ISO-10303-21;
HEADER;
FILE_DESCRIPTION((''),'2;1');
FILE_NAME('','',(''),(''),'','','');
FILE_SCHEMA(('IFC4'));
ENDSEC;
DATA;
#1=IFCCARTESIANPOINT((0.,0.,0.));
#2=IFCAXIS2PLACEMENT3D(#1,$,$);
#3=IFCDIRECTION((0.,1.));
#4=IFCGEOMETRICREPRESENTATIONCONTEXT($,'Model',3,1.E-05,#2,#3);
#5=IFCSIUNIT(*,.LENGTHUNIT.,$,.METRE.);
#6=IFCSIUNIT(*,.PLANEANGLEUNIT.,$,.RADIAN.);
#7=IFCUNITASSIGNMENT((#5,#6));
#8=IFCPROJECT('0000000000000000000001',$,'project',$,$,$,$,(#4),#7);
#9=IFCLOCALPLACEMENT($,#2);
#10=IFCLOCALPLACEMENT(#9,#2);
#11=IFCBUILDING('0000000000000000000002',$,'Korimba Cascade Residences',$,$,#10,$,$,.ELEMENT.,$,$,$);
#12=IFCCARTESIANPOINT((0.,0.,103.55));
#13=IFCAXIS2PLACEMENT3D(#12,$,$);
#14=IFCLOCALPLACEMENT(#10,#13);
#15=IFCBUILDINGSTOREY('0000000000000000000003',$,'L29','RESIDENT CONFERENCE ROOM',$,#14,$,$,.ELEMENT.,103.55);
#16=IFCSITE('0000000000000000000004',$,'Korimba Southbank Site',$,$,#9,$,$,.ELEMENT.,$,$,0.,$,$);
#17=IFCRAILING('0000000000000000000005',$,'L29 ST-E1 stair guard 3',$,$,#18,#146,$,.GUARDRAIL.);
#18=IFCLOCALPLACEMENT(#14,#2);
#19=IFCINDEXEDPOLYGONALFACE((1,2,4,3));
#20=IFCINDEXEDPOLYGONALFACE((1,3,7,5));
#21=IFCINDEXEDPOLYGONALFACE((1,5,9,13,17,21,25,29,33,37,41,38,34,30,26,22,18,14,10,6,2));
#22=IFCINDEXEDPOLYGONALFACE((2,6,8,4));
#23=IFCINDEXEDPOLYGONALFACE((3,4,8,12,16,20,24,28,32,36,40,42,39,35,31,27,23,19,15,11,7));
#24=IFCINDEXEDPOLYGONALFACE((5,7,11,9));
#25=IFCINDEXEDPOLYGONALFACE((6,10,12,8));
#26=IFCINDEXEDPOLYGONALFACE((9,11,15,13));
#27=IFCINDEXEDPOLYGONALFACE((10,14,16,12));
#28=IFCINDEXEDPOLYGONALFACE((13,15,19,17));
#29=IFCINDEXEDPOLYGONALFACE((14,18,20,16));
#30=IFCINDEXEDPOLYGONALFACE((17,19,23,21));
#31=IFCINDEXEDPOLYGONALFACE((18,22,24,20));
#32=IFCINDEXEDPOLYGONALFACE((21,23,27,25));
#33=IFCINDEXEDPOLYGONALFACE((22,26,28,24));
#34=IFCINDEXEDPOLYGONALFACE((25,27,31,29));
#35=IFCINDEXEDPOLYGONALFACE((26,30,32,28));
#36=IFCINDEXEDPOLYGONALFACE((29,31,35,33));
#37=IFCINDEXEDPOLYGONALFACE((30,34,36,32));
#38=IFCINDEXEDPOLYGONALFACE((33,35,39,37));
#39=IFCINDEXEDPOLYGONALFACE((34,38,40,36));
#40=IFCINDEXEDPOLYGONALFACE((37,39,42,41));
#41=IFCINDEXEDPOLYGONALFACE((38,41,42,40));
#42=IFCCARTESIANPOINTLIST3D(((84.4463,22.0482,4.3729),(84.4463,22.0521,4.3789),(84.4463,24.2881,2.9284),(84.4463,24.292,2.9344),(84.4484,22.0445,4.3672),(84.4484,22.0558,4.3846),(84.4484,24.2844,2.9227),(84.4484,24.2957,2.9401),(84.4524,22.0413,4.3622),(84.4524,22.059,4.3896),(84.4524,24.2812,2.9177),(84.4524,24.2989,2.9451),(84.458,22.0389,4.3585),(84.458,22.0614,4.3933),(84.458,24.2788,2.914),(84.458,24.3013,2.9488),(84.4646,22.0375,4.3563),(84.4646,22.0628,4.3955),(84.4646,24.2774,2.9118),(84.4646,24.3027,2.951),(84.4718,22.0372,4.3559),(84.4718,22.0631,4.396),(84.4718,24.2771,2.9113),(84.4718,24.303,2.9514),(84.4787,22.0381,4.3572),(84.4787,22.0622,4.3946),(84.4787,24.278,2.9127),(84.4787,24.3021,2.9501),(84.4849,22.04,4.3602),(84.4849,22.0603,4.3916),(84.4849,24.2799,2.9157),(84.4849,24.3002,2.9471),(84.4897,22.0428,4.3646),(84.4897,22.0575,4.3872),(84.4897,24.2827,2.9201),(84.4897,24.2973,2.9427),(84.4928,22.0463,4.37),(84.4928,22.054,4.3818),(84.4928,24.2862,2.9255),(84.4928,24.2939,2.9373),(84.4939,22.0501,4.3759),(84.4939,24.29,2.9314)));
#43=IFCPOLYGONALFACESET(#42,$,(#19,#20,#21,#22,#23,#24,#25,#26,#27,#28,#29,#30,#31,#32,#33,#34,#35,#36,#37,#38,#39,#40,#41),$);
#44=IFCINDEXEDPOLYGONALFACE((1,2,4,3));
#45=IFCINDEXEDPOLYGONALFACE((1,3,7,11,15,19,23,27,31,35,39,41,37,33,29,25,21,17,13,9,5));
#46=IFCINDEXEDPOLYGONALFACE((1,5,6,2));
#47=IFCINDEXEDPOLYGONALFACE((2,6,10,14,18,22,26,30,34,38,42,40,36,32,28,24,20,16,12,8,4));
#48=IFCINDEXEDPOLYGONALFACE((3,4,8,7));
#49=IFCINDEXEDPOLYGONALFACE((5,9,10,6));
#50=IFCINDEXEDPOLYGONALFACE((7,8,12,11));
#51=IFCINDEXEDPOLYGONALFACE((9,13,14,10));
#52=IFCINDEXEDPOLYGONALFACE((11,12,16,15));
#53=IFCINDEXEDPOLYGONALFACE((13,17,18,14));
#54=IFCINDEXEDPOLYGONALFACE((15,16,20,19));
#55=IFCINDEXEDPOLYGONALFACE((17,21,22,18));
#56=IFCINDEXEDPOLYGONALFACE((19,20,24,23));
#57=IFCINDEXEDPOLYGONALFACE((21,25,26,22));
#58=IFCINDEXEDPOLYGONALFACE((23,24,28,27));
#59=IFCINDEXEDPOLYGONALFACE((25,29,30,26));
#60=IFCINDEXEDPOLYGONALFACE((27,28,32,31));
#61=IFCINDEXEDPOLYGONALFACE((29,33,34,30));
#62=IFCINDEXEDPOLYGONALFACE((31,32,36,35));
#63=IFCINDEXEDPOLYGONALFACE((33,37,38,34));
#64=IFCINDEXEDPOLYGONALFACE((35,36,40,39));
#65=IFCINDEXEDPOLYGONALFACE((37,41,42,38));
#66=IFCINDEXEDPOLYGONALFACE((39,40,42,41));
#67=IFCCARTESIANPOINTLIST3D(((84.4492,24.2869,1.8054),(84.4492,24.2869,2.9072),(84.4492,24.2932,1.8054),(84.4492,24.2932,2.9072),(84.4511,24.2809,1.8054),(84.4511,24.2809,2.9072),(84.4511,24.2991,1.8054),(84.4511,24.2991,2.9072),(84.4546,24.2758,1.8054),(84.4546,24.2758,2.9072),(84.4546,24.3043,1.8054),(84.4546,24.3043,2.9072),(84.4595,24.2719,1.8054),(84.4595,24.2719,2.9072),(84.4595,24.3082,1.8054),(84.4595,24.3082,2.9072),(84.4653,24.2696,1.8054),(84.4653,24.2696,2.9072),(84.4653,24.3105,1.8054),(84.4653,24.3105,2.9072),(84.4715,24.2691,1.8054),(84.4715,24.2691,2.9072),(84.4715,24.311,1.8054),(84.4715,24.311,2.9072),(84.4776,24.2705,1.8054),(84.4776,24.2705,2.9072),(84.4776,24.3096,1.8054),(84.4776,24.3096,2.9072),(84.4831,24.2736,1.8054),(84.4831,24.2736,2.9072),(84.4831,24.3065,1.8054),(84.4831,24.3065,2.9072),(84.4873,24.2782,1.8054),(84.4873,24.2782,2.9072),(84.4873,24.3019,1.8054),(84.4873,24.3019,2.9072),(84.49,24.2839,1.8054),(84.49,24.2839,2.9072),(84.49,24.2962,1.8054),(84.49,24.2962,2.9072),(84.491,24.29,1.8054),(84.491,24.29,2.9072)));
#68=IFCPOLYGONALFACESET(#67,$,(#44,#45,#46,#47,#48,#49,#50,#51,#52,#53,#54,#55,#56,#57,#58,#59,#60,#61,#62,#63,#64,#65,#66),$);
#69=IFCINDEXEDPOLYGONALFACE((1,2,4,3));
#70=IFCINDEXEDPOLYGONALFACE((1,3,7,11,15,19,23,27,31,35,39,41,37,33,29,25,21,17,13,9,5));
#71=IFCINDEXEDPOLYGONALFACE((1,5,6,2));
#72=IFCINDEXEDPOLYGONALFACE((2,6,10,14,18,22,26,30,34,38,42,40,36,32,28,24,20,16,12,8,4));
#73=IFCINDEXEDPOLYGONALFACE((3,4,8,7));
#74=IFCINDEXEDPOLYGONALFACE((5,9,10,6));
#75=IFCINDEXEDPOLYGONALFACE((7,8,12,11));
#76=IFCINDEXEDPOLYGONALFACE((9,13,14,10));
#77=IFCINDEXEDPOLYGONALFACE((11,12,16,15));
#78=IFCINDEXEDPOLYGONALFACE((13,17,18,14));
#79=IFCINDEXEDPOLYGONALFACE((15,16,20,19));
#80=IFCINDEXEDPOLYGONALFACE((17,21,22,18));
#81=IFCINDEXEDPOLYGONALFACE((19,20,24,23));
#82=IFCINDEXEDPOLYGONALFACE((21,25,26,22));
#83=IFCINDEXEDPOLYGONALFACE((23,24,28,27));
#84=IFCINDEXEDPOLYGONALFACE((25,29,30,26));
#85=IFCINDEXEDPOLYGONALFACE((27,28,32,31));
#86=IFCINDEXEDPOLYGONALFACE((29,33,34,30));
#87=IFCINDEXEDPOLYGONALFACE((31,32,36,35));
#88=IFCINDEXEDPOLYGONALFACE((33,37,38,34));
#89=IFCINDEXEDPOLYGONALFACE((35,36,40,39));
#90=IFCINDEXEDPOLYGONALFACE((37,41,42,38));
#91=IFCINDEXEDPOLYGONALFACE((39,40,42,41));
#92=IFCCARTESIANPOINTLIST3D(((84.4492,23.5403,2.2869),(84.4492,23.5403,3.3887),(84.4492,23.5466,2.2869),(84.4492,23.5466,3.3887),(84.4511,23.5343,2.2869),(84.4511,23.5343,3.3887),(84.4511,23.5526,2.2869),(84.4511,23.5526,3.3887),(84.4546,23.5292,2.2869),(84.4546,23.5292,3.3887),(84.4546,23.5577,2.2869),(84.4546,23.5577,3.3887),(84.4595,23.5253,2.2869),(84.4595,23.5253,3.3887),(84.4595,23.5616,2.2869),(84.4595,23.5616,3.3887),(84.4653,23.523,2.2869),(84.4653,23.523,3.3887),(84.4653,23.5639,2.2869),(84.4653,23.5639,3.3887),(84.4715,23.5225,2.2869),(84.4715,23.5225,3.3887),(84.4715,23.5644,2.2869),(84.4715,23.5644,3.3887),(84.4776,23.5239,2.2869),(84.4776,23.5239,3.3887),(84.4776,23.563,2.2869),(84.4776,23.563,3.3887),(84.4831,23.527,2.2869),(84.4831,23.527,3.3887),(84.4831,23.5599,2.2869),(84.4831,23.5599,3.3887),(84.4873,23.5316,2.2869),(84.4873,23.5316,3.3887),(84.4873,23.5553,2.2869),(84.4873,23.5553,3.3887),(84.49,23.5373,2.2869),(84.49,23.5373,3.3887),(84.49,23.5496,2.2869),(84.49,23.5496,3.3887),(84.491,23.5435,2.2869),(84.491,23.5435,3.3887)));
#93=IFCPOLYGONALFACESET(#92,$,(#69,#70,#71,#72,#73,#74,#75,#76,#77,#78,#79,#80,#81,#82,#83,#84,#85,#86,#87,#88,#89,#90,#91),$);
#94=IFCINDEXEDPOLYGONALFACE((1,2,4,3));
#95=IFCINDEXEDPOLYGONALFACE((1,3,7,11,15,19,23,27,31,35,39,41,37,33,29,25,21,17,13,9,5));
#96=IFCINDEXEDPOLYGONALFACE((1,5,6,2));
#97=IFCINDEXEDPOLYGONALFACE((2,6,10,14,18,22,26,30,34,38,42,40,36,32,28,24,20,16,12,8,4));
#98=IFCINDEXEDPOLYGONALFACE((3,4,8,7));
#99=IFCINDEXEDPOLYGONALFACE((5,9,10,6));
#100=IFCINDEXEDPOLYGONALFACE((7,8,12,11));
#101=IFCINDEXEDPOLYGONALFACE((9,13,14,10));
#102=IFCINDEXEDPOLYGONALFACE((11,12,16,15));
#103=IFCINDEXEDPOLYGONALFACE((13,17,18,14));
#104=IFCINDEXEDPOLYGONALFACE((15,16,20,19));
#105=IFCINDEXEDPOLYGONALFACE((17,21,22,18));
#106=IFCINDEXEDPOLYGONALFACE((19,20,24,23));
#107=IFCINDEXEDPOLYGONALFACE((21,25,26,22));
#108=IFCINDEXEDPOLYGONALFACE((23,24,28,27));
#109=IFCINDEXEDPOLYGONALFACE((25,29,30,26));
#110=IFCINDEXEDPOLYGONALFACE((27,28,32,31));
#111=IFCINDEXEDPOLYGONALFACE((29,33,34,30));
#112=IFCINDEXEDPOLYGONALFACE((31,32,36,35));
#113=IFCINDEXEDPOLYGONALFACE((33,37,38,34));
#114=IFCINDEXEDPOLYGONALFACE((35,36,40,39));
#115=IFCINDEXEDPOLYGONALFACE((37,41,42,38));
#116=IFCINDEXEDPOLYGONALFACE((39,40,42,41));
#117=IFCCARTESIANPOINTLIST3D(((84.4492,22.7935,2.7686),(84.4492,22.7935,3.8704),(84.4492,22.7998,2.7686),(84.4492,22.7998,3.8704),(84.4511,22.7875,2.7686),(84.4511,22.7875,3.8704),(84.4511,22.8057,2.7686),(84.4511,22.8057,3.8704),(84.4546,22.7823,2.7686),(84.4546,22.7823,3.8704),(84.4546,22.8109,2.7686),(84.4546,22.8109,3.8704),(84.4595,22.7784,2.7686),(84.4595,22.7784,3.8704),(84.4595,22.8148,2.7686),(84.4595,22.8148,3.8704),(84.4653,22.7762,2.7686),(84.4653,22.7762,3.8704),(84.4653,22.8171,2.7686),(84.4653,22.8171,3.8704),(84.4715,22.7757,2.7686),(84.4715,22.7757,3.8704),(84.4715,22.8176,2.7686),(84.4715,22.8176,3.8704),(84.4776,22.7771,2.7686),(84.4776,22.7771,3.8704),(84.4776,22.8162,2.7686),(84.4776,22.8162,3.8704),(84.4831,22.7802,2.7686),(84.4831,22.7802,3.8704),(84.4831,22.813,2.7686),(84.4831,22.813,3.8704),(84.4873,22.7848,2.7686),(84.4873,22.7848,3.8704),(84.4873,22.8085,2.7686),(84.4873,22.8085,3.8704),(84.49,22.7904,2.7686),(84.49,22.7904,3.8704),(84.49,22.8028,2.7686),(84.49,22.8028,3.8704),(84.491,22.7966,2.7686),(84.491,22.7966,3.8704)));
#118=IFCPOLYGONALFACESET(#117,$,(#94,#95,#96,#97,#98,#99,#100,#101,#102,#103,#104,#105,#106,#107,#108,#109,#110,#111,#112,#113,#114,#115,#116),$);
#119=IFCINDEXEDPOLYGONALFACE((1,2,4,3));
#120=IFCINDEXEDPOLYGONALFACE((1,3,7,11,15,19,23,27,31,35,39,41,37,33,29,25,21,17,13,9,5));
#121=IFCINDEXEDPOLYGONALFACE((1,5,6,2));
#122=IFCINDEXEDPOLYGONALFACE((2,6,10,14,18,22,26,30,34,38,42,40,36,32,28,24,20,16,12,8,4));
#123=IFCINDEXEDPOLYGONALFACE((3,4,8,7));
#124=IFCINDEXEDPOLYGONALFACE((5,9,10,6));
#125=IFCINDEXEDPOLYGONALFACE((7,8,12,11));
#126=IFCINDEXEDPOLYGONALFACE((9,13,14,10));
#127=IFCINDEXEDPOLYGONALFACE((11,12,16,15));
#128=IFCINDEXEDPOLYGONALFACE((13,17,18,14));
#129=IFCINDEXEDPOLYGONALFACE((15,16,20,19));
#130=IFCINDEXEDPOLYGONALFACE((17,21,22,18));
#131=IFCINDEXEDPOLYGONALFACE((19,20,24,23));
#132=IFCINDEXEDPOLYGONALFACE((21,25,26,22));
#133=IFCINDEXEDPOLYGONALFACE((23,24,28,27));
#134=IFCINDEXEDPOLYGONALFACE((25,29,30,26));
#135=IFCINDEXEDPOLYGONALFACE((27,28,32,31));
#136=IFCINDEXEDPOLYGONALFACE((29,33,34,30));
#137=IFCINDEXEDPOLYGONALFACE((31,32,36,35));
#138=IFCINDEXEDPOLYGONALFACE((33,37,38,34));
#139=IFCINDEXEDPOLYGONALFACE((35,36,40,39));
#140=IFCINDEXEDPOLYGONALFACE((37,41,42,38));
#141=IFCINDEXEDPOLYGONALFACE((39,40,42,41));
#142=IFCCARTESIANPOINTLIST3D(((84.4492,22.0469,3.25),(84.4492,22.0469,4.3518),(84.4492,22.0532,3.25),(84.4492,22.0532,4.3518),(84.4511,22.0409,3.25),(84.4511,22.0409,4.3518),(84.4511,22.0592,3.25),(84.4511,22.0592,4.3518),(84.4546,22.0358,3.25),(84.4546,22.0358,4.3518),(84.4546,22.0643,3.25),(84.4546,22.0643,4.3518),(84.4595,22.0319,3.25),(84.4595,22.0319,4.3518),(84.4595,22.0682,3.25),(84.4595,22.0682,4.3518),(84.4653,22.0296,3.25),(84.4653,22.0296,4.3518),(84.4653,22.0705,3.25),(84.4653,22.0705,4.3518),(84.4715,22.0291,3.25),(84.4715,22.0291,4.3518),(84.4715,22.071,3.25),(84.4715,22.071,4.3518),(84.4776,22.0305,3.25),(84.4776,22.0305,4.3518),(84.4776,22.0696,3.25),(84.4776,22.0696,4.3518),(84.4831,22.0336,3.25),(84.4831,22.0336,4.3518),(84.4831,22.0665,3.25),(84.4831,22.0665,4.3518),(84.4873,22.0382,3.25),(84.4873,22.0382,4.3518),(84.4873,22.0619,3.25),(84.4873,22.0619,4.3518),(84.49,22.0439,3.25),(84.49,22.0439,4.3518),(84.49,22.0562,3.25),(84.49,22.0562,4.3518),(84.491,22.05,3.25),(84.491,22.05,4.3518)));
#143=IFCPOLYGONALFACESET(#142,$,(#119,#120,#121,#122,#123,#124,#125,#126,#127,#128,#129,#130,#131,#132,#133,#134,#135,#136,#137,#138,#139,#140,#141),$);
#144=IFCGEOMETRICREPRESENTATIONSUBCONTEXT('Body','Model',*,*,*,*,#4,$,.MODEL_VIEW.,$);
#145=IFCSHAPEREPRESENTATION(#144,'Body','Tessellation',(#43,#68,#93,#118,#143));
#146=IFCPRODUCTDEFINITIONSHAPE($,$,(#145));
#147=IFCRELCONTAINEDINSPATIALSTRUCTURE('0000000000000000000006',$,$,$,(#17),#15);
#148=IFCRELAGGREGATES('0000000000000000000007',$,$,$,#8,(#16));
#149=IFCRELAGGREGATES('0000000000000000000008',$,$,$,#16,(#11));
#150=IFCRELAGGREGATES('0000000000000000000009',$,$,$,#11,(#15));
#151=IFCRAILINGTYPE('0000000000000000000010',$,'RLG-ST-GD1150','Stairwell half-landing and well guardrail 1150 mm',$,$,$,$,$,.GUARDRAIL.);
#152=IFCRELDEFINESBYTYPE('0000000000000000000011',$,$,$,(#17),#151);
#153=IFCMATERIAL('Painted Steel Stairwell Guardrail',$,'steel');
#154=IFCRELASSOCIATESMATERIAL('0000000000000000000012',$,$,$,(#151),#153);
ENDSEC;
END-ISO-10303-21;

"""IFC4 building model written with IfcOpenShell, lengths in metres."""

from ifc_helpers import new_model, si_unit, direction, frame, origin, origin_2d, place, context, subcontext, project, spatial, circle, extrude, material, type_object, element, save


model = new_model("IFC4")

# Units and contexts
model_context = context("Model", 3, precision=1e-05, world=origin(), true_north=direction((0.0, 1.0)))
body_context = subcontext(model_context, "Body", "Model", "MODEL_VIEW")
ifc_project = project(units=[si_unit("LENGTHUNIT", "METRE"), si_unit("PLANEANGLEUNIT", "RADIAN")], contexts=[model_context])

# Site, building, storey
site_placement = place(None, origin())
site = spatial("IfcSite", under=ifc_project, at=site_placement, Name="Korimba Southbank Site", CompositionType="ELEMENT", RefElevation=0.0)
building_placement = place(site_placement, origin())
building = spatial("IfcBuilding", under=site, at=building_placement, Name="Korimba Cascade Residences", CompositionType="ELEMENT")
storey_placement = place(building_placement, frame((0.0, 0.0, 103.55)))
storey = spatial("IfcBuildingStorey", under=building, at=storey_placement, Name="L29", Description="RESIDENT CONFERENCE ROOM", CompositionType="ELEMENT", Elevation=103.55)

# Railing
ifc_material_1 = material(Name="Painted Steel Stairwell Guardrail", Category="steel")
railing_type_1 = type_object("IfcRailingType", Name="RLG-ST-GD1150", Description="Stairwell half-landing and well guardrail 1150 mm", PredefinedType="GUARDRAIL", material=ifc_material_1)
railing_1_placement = place(storey_placement, frame((84.47, 24.29, 1.8054)))
element("IfcRailing", 1, at=railing_1_placement, inside=storey, type_object=railing_type_1, Name="L29 ST-E1 stair guard 3", PredefinedType="GUARDRAIL", context=body_context, shape_type="SweptSolid", body=[
    extrude(circle(Radius=0.0239, at=origin_2d()), frame((0.0, 0.0, 1.126), z_axis=(0.0, -0.840395, 0.541975), x_axis=(1.0, 0.0, 0.0)), (0.0, 0.0, 1.0), 2.6653),
    extrude(circle(Radius=0.021, at=origin_2d()), origin(), (0.0, 0.0, 1.0), 1.1018),
    extrude(circle(Radius=0.021, at=origin_2d()), frame((0.0, -0.7466, 0.4814)), (0.0, 0.0, 1.0), 1.1018),
    extrude(circle(Radius=0.021, at=origin_2d()), frame((0.0, -1.4934, 0.9631)), (0.0, 0.0, 1.0), 1.1018),
    extrude(circle(Radius=0.021, at=origin_2d()), frame((0.0, -2.24, 1.4446)), (0.0, 0.0, 1.0), 1.1018),
])

save(model, "model.ifc")
